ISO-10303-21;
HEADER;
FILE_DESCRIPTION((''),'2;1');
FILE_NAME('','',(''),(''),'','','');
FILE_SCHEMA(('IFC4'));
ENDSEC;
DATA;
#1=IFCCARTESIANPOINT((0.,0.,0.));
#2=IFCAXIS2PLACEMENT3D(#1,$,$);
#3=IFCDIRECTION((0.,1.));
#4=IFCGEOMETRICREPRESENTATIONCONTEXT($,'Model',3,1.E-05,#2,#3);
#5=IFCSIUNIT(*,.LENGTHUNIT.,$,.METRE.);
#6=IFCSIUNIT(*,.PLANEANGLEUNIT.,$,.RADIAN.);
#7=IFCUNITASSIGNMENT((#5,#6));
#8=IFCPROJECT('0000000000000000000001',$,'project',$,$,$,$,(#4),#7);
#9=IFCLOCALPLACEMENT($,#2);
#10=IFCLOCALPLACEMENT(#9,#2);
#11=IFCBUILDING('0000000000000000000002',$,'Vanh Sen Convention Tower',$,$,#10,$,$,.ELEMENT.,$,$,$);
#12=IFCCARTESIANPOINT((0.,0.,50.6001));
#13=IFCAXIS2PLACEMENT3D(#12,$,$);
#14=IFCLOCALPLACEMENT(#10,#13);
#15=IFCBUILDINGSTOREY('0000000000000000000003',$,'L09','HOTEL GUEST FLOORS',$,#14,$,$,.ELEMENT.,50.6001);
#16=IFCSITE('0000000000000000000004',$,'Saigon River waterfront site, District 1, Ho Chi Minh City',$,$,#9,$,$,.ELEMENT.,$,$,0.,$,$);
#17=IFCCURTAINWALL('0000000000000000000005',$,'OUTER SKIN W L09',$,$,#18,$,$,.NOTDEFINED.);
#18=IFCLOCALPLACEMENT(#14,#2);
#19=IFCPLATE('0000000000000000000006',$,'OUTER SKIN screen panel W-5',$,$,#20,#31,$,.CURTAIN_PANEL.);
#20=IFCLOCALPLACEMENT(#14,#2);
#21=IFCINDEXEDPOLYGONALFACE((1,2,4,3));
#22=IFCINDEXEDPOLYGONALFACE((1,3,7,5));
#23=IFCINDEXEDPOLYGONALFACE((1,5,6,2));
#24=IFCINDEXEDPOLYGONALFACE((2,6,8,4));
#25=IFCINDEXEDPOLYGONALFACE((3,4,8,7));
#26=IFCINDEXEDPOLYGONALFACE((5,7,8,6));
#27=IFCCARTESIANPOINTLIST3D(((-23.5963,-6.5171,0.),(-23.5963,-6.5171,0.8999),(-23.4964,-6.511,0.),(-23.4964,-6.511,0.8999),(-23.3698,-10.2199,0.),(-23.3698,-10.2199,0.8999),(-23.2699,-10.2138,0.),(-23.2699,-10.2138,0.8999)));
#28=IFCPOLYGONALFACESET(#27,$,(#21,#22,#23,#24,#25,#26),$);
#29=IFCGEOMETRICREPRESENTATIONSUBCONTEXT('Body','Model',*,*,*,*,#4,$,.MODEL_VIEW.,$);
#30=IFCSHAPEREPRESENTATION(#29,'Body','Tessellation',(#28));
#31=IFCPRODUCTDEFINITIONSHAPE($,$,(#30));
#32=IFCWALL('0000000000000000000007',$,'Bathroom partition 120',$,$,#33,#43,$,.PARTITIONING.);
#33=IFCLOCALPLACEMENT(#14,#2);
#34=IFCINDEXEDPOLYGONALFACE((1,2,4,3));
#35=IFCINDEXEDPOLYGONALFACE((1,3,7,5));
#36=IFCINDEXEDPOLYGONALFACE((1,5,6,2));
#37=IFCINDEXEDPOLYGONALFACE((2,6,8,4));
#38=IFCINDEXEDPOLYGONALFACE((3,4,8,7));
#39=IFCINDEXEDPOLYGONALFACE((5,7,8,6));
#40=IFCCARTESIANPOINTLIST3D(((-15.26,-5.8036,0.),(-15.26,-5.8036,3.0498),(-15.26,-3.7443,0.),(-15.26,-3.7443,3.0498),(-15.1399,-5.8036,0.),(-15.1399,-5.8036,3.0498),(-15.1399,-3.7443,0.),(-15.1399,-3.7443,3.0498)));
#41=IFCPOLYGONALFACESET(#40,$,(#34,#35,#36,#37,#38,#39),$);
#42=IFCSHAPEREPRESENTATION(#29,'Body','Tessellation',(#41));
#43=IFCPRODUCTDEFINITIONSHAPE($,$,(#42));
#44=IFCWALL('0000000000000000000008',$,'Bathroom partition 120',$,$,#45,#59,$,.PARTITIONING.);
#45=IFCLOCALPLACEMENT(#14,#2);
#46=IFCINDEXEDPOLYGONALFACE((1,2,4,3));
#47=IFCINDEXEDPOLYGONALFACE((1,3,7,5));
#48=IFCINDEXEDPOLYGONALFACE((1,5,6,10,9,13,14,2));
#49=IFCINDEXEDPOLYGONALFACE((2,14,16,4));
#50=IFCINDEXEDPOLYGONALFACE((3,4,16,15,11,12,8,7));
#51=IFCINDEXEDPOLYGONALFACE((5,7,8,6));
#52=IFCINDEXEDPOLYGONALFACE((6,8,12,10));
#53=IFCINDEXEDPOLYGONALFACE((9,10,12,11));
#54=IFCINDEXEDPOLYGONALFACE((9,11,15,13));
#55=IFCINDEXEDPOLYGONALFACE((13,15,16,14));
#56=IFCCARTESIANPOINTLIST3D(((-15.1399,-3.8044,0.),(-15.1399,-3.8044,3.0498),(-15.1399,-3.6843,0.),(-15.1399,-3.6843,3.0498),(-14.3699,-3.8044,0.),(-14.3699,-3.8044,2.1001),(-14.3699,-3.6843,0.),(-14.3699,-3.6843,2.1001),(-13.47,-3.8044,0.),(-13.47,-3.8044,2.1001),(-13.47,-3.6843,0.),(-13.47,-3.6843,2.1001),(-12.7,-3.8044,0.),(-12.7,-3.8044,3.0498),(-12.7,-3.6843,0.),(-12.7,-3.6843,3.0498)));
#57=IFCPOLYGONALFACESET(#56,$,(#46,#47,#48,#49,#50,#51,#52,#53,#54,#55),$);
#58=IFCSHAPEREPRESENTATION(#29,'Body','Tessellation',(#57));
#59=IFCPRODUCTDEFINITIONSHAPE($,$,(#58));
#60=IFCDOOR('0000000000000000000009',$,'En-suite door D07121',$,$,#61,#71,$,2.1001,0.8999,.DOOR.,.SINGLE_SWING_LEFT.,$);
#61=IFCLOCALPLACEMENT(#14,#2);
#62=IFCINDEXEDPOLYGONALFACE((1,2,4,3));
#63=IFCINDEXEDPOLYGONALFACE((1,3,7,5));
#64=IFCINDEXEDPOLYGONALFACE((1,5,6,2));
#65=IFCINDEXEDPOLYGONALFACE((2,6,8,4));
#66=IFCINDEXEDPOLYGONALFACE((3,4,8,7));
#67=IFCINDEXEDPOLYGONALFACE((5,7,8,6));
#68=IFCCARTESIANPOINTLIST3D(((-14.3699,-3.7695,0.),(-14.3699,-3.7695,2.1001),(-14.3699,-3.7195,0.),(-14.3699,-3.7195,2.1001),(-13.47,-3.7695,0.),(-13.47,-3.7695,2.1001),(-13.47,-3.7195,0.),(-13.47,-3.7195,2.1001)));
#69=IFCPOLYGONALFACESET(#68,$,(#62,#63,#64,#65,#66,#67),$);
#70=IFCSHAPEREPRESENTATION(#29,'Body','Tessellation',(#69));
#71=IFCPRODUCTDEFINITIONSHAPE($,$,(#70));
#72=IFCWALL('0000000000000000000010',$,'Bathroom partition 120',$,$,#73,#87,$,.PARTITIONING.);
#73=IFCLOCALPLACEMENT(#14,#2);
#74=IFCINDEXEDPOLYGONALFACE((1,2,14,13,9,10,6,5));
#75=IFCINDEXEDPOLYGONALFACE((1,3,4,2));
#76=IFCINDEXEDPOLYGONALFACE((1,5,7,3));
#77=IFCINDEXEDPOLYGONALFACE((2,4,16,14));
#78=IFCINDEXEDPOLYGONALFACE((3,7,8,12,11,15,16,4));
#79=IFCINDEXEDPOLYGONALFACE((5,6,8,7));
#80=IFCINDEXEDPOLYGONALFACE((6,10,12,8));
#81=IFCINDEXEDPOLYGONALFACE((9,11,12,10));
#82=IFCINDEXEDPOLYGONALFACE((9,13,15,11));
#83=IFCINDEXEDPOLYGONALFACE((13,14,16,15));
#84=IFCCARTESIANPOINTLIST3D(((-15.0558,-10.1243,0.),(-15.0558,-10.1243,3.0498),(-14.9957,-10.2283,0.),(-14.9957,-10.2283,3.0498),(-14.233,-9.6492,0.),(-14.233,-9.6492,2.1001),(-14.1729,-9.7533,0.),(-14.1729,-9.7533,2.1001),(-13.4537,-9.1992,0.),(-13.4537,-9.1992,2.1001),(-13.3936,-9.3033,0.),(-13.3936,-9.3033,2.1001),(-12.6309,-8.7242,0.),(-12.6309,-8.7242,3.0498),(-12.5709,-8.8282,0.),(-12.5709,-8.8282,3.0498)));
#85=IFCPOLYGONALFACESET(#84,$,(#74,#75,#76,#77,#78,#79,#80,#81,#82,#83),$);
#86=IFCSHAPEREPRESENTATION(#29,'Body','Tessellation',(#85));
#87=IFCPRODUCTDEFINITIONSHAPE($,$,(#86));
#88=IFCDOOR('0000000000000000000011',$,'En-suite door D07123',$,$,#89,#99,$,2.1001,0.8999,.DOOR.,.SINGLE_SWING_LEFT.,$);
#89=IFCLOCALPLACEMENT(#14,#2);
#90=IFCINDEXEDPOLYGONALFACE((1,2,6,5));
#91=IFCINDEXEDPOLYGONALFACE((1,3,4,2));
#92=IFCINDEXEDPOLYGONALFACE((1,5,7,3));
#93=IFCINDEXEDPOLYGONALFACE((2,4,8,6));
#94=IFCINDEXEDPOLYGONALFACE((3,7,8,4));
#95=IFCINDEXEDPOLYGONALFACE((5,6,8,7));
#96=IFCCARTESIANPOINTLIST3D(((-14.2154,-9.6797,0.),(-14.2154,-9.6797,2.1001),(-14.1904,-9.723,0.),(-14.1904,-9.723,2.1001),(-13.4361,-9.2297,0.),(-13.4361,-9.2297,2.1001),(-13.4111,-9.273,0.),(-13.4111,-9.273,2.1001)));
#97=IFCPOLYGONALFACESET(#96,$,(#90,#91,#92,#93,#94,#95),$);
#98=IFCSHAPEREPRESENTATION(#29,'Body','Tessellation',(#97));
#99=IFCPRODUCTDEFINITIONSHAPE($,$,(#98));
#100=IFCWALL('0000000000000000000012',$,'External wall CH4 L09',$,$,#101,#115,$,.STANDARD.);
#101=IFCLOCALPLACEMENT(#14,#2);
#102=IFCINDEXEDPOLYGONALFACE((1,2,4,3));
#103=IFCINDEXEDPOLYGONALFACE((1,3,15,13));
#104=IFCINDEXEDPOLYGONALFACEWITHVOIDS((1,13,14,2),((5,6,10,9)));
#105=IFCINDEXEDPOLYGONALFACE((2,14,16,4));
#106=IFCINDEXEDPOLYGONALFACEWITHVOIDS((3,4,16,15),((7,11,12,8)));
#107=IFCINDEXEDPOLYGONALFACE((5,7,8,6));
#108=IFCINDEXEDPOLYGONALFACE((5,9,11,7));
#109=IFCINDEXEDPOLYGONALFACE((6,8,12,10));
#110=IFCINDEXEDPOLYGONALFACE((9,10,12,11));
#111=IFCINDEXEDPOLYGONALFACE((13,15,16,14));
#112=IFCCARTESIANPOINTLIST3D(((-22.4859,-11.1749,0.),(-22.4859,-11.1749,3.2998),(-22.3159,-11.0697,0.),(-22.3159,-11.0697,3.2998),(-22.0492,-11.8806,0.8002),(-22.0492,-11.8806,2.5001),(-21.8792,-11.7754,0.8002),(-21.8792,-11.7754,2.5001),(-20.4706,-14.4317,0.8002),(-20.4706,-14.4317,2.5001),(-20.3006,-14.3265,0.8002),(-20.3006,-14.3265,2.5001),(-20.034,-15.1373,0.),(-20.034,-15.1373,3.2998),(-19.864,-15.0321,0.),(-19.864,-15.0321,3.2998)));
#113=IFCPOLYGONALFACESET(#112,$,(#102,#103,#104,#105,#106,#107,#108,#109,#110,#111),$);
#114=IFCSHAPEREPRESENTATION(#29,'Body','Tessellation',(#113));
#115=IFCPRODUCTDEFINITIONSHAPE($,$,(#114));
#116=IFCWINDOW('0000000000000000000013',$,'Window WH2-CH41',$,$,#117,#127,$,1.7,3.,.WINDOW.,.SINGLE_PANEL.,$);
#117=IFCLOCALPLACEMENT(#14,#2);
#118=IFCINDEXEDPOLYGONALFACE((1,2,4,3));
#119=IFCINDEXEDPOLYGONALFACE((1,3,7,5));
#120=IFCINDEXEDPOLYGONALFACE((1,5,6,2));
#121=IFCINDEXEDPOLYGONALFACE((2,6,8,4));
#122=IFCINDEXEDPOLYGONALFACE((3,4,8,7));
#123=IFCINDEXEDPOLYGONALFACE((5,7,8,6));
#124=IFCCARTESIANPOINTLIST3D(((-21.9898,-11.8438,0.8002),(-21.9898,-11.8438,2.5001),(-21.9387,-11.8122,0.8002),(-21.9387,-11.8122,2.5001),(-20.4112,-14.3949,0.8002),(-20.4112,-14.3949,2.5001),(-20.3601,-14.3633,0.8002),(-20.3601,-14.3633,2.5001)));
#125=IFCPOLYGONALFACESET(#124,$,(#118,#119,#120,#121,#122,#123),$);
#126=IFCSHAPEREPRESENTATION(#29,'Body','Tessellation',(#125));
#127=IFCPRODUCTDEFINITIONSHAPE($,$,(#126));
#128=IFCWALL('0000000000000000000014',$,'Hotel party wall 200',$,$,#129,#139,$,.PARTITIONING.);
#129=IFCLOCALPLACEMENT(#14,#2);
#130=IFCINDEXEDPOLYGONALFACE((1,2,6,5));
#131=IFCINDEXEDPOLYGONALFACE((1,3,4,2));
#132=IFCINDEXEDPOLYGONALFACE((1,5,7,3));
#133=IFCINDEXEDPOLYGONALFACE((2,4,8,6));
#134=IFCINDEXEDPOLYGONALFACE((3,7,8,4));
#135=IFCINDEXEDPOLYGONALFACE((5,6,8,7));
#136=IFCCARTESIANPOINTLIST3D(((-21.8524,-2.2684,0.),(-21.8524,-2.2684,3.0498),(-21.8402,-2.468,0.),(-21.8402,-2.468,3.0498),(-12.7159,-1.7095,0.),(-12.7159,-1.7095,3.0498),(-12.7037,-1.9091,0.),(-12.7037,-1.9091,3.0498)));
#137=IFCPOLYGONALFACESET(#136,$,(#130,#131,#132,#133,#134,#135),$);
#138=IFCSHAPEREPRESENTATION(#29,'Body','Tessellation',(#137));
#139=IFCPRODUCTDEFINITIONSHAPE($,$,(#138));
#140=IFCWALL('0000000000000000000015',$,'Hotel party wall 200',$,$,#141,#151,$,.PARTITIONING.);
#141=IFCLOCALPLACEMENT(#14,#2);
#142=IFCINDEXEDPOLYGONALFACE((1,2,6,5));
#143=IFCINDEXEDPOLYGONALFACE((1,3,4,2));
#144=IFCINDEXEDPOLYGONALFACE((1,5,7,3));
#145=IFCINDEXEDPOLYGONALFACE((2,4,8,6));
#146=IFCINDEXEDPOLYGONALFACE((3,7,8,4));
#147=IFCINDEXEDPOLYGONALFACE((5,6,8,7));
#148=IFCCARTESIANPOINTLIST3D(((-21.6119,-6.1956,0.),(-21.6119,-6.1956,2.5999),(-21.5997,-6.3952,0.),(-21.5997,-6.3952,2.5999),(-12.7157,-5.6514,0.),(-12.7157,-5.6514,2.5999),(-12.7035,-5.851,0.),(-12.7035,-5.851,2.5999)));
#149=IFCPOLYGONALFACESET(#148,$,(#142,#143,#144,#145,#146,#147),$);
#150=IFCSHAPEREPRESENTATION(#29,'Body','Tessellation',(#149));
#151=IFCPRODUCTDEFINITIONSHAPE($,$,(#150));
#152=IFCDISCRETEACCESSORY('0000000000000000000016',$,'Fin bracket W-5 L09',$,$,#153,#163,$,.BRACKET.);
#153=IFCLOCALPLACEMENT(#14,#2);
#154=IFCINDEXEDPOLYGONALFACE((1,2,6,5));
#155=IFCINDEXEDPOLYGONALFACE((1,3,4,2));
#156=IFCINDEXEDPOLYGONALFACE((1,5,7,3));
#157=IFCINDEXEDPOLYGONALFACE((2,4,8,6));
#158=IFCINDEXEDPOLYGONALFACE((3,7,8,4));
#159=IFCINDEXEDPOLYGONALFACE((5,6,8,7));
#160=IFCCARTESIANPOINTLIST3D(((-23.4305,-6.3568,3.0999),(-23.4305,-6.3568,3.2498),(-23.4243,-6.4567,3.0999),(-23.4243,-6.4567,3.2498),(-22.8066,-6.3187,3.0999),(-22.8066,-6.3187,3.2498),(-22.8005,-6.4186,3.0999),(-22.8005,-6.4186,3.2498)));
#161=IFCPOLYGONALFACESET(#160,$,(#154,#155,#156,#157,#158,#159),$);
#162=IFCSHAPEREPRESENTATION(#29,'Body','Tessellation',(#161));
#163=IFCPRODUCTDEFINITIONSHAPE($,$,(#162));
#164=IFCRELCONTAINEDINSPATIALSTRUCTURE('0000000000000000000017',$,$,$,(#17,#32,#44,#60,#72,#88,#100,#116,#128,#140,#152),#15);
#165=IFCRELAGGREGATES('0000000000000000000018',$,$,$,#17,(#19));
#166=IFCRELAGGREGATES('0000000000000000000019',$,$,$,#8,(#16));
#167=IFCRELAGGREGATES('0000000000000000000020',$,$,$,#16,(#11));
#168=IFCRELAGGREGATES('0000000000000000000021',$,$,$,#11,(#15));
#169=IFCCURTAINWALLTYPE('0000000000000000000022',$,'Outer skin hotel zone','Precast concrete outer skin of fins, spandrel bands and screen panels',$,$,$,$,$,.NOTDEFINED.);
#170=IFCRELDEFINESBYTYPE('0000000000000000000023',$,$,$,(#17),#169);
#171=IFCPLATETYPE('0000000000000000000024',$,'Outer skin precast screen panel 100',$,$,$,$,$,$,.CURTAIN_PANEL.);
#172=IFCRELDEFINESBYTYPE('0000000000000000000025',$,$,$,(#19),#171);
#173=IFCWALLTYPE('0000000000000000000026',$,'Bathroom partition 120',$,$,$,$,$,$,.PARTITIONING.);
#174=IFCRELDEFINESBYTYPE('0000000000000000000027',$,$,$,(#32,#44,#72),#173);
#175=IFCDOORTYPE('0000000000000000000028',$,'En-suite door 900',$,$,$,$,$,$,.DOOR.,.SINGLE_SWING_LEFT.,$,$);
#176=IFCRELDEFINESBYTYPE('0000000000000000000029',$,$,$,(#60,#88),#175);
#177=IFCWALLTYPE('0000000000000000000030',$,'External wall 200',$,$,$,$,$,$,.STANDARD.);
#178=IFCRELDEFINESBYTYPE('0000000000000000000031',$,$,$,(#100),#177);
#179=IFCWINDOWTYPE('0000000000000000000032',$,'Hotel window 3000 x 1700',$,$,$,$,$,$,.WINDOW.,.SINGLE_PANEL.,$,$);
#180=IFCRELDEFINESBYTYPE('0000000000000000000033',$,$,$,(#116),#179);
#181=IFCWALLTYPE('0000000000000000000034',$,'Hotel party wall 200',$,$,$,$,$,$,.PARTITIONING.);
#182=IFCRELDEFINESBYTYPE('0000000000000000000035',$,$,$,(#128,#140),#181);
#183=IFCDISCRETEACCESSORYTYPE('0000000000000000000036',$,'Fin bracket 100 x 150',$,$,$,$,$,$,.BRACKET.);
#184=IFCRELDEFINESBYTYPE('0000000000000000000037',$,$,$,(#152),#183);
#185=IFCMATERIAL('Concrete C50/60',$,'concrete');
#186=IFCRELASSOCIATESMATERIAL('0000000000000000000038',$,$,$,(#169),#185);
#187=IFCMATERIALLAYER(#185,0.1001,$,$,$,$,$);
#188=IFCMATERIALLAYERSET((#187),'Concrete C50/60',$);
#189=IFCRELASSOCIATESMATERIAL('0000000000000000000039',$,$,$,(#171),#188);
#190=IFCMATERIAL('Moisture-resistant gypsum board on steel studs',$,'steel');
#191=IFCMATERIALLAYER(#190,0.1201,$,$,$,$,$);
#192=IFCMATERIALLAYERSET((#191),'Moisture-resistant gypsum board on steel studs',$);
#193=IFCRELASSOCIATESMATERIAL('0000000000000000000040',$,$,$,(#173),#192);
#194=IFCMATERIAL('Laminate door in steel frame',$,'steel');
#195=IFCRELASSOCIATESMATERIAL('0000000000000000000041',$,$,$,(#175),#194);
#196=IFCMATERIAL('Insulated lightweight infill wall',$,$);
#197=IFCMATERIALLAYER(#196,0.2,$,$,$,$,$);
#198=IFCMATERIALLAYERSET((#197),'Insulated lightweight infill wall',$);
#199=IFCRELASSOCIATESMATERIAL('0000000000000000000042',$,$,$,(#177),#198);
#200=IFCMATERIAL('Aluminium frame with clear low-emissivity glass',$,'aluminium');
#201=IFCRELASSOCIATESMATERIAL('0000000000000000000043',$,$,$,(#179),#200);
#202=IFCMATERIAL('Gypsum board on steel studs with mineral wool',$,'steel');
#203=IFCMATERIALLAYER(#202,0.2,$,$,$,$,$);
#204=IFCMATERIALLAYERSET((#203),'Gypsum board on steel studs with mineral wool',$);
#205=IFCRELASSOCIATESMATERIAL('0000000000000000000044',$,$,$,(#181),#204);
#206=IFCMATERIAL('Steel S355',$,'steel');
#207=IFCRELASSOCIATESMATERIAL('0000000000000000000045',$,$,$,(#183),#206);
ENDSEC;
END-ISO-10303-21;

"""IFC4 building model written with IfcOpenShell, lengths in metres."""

from ifc_helpers import new_model, si_unit, direction, frame, frame_2d, origin, origin_2d, place, context, subcontext, project, spatial, rectangle, extrude, material, layer, layer_set, type_object, element, fill, aggregate, save


model = new_model("IFC4")

# Units and contexts
model_context = context("Model", 3, precision=1e-05, world=origin(), true_north=direction((0.0, 1.0)))
body_context = subcontext(model_context, "Body", "Model", "MODEL_VIEW")
ifc_project = project(units=[si_unit("LENGTHUNIT", "METRE"), si_unit("PLANEANGLEUNIT", "RADIAN")], contexts=[model_context])

# Site, building, storey
site_placement = place(None, origin())
site = spatial("IfcSite", under=ifc_project, at=site_placement, Name="Saigon River waterfront site, District 1, Ho Chi Minh City", CompositionType="ELEMENT", RefElevation=0.0)
building_placement = place(site_placement, origin())
building = spatial("IfcBuilding", under=site, at=building_placement, Name="Vanh Sen Convention Tower", CompositionType="ELEMENT")
storey_placement = place(building_placement, frame((0.0, 0.0, 50.6001)))
storey = spatial("IfcBuildingStorey", under=building, at=storey_placement, Name="L09", Description="HOTEL GUEST FLOORS", CompositionType="ELEMENT", Elevation=50.6001)

# Curtain wall
ifc_material_1 = material(Name="Concrete C50/60", Category="concrete")
curtain_wall_type = type_object("IfcCurtainWallType", Name="Outer skin hotel zone", Description="Precast concrete outer skin of fins, spandrel bands and screen panels", PredefinedType="NOTDEFINED", material=ifc_material_1)
curtain_wall_1_placement = place(storey_placement, origin())
curtain_wall_1 = element("IfcCurtainWall", 1, at=curtain_wall_1_placement, inside=storey, type_object=curtain_wall_type, Name="OUTER SKIN W L09", PredefinedType="NOTDEFINED")

# Plate
ifc_layer_1 = layer(ifc_material_1, 0.1001)
ifc_layer_set_1 = layer_set([ifc_layer_1], Name="Concrete C50/60")
plate_type = type_object("IfcPlateType", Name="Outer skin precast screen panel 100", PredefinedType="CURTAIN_PANEL", material=ifc_layer_set_1)
plate_1_placement = place(storey_placement, frame((-23.4331, -8.3655, 0.0), z_axis=(0.0, 0.0, 1.0), x_axis=(0.061047, -0.998135, 0.0)))
plate_1 = element("IfcPlate", 2, at=plate_1_placement, type_object=plate_type, Name="OUTER SKIN screen panel W-5", PredefinedType="CURTAIN_PANEL", context=body_context, shape_type="SweptSolid", body=[
    extrude(rectangle(XDim=3.7097, YDim=0.1001, at=origin_2d()), origin(), (0.0, 0.0, 1.0), 0.8999),
])
aggregate(curtain_wall_1, [plate_1])

# Wall
ifc_material_2 = material(Name="Moisture-resistant gypsum board on steel studs", Category="steel")
ifc_layer_2 = layer(ifc_material_2, 0.1201)
ifc_layer_set_2 = layer_set([ifc_layer_2], Name="Moisture-resistant gypsum board on steel studs")
wall_type_1 = type_object("IfcWallType", Name="Bathroom partition 120", PredefinedType="PARTITIONING", material=ifc_layer_set_2)
wall_1_placement = place(storey_placement, frame((-15.2, -5.8037, 0.0), z_axis=(0.0, 0.0, 1.0), x_axis=(0.0, 1.0, 0.0)))
element("IfcWall", 3, at=wall_1_placement, inside=storey, type_object=wall_type_1, Name="Bathroom partition 120", PredefinedType="PARTITIONING", context=body_context, shape_type="SweptSolid", body=[
    extrude(rectangle(XDim=2.0593, YDim=0.1201, at=frame_2d((1.0298, 0.0))), origin(), (0.0, 0.0, 1.0), 3.0498),
])

# Walls, openings, doors
wall_2_placement = place(storey_placement, frame((-15.1399, -3.7444, 0.0), z_axis=(0.0, 0.0, 1.0), x_axis=(1.0, 0.0, 0.0)))
wall_2 = element("IfcWall", 4, at=wall_2_placement, inside=storey, type_object=wall_type_1, Name="Bathroom partition 120", PredefinedType="PARTITIONING", context=body_context, shape_type="SweptSolid", body=[
    extrude(rectangle(XDim=2.4399, YDim=0.1201, at=frame_2d((1.22, 0.0))), origin(), (0.0, 0.0, 1.0), 3.0498),
])
opening_1_placement = place(wall_2_placement, frame((0.77, 0.0, 0.0)))
opening_1 = element("IfcOpeningElement", 5, at=opening_1_placement, cuts=wall_2, PredefinedType="OPENING", context=body_context, shape_type="SweptSolid", body=[
    extrude(rectangle(XDim=0.8999, YDim=2.1001, at=frame_2d((0.45, 1.05))), frame((0.0, 0.0701, 0.0), z_axis=(0.0, -1.0, 0.0), x_axis=(1.0, 0.0, 0.0)), (0.0, 0.0, 1.0), 0.1401),
])
ifc_material_3 = material(Name="Laminate door in steel frame", Category="steel")
door_type = type_object("IfcDoorType", Name="En-suite door 900", OperationType="SINGLE_SWING_LEFT", PredefinedType="DOOR", material=ifc_material_3)
door_1_placement = place(opening_1_placement, origin())
door_1 = element("IfcDoor", 6, at=door_1_placement, inside=storey, type_object=door_type, Name="En-suite door D07121", OperationType="SINGLE_SWING_LEFT", OverallHeight=2.1001, OverallWidth=0.8999, PredefinedType="DOOR", context=body_context, shape_type="SweptSolid", body=[
    extrude(rectangle(XDim=0.8999, YDim=2.1001, at=frame_2d((0.45, 1.05))), frame((0.0, 0.0249, 0.0), z_axis=(0.0, -1.0, 0.0), x_axis=(1.0, 0.0, 0.0)), (0.0, 0.0, 1.0), 0.05),
])
fill(opening_1, door_1)
wall_3_placement = place(storey_placement, frame((-15.0256, -10.1763, 0.0), z_axis=(0.0, 0.0, 1.0), x_axis=(0.865997, 0.50005, 0.0)))
wall_3 = element("IfcWall", 7, at=wall_3_placement, inside=storey, type_object=wall_type_1, Name="Bathroom partition 120", PredefinedType="PARTITIONING", context=body_context, shape_type="SweptSolid", body=[
    extrude(rectangle(XDim=2.8, YDim=0.1201, at=frame_2d((1.3999, 0.0))), origin(), (0.0, 0.0, 1.0), 3.0498),
])
opening_2_placement = place(wall_3_placement, frame((0.95, 0.0, 0.0)))
opening_2 = element("IfcOpeningElement", 8, at=opening_2_placement, cuts=wall_3, PredefinedType="OPENING", context=body_context, shape_type="SweptSolid", body=[
    extrude(rectangle(XDim=0.8999, YDim=2.1001, at=frame_2d((0.45, 1.05))), frame((0.0, 0.0701, 0.0), z_axis=(0.0, -1.0, 0.0), x_axis=(1.0, 0.0, 0.0)), (0.0, 0.0, 1.0), 0.1401),
])
door_2_placement = place(opening_2_placement, origin())
door_2 = element("IfcDoor", 9, at=door_2_placement, inside=storey, type_object=door_type, Name="En-suite door D07123", OperationType="SINGLE_SWING_LEFT", OverallHeight=2.1001, OverallWidth=0.8999, PredefinedType="DOOR", context=body_context, shape_type="SweptSolid", body=[
    extrude(rectangle(XDim=0.8999, YDim=2.1001, at=frame_2d((0.45, 1.05))), frame((0.0, 0.0249, 0.0), z_axis=(0.0, -1.0, 0.0), x_axis=(1.0, 0.0, 0.0)), (0.0, 0.0, 1.0), 0.05),
])
fill(opening_2, door_2)

# Wall, opening, window
ifc_material_4 = material(Name="Insulated lightweight infill wall")
ifc_layer_3 = layer(ifc_material_4, 0.2)
ifc_layer_set_3 = layer_set([ifc_layer_3], Name="Insulated lightweight infill wall")
wall_type_2 = type_object("IfcWallType", Name="External wall 200", PredefinedType="STANDARD", material=ifc_layer_set_3)
wall_4_placement = place(storey_placement, frame((-22.4009, -11.1223, 0.0), z_axis=(0.0, 0.0, 1.0), x_axis=(0.526198, -0.850362, 0.0)))
wall_4 = element("IfcWall", 10, at=wall_4_placement, inside=storey, type_object=wall_type_2, Name="External wall CH4 L09", PredefinedType="STANDARD", context=body_context, shape_type="SweptSolid", body=[
    extrude(rectangle(XDim=4.6597, YDim=0.2, at=frame_2d((2.3298, 0.0))), origin(), (0.0, 0.0, 1.0), 3.2998),
])
opening_3_placement = place(wall_4_placement, frame((0.8298, 0.0, 0.8)))
opening_3 = element("IfcOpeningElement", 11, at=opening_3_placement, cuts=wall_4, PredefinedType="OPENING", context=body_context, shape_type="SweptSolid", body=[
    extrude(rectangle(XDim=3.0, YDim=1.7, at=frame_2d((1.5, 0.8501))), frame((0.0, 0.1099, 0.0), z_axis=(0.0, -1.0, 0.0), x_axis=(1.0, 0.0, 0.0)), (0.0, 0.0, 1.0), 0.22),
])
ifc_material_5 = material(Name="Aluminium frame with clear low-emissivity glass", Category="aluminium")
window_type = type_object("IfcWindowType", Name="Hotel window 3000 x 1700", PartitioningType="SINGLE_PANEL", PredefinedType="WINDOW", material=ifc_material_5)
window_placement = place(opening_3_placement, origin())
window = element("IfcWindow", 12, at=window_placement, inside=storey, type_object=window_type, Name="Window WH2-CH41", OverallHeight=1.7, OverallWidth=3.0, PartitioningType="SINGLE_PANEL", PredefinedType="WINDOW", context=body_context, shape_type="SweptSolid", body=[
    extrude(rectangle(XDim=3.0, YDim=1.7, at=frame_2d((1.5, 0.8501))), frame((0.0, 0.03, 0.0), z_axis=(0.0, -1.0, 0.0), x_axis=(1.0, 0.0, 0.0)), (0.0, 0.0, 1.0), 0.0601),
])
fill(opening_3, window)

# Walls
ifc_material_6 = material(Name="Gypsum board on steel studs with mineral wool", Category="steel")
ifc_layer_4 = layer(ifc_material_6, 0.2)
ifc_layer_set_4 = layer_set([ifc_layer_4], Name="Gypsum board on steel studs with mineral wool")
wall_type_3 = type_object("IfcWallType", Name="Hotel party wall 200", PredefinedType="PARTITIONING", material=ifc_layer_set_4)
wall_5_placement = place(storey_placement, frame((-21.8462, -2.3682, 0.0), z_axis=(0.0, 0.0, 1.0), x_axis=(0.998135, 0.061051, 0.0)))
element("IfcWall", 13, at=wall_5_placement, inside=storey, type_object=wall_type_3, Name="Hotel party wall 200", PredefinedType="PARTITIONING", context=body_context, shape_type="SweptSolid", body=[
    extrude(rectangle(XDim=9.1536, YDim=0.2, at=frame_2d((4.5767, 0.0))), origin(), (0.0, 0.0, 1.0), 3.0498),
])
wall_6_placement = place(storey_placement, frame((-21.606, -6.2954, 0.0), z_axis=(0.0, 0.0, 1.0), x_axis=(0.998134, 0.061057, 0.0)))
element("IfcWall", 14, at=wall_6_placement, inside=storey, type_object=wall_type_3, Name="Hotel party wall 200", PredefinedType="PARTITIONING", context=body_context, shape_type="SweptSolid", body=[
    extrude(rectangle(XDim=8.9128, YDim=0.2, at=frame_2d((4.4565, 0.0))), origin(), (0.0, 0.0, 1.0), 2.5999),
])

# Discrete accessory
ifc_material_7 = material(Name="Steel S355", Category="steel")
discrete_accessory_type = type_object("IfcDiscreteAccessoryType", Name="Fin bracket 100 x 150", PredefinedType="BRACKET", material=ifc_material_7)
discrete_accessory_placement = place(storey_placement, frame((-23.1155, -6.3877, 3.0999), z_axis=(0.0, 0.0, 1.0), x_axis=(-0.998135, -0.061049, 0.0)))
element("IfcDiscreteAccessory", 15, at=discrete_accessory_placement, inside=storey, type_object=discrete_accessory_type, Name="Fin bracket W-5 L09", PredefinedType="BRACKET", context=body_context, shape_type="SweptSolid", body=[
    extrude(rectangle(XDim=0.625, YDim=0.1001, at=origin_2d()), origin(), (0.0, 0.0, 1.0), 0.1499),
])

save(model, "model.ifc")
